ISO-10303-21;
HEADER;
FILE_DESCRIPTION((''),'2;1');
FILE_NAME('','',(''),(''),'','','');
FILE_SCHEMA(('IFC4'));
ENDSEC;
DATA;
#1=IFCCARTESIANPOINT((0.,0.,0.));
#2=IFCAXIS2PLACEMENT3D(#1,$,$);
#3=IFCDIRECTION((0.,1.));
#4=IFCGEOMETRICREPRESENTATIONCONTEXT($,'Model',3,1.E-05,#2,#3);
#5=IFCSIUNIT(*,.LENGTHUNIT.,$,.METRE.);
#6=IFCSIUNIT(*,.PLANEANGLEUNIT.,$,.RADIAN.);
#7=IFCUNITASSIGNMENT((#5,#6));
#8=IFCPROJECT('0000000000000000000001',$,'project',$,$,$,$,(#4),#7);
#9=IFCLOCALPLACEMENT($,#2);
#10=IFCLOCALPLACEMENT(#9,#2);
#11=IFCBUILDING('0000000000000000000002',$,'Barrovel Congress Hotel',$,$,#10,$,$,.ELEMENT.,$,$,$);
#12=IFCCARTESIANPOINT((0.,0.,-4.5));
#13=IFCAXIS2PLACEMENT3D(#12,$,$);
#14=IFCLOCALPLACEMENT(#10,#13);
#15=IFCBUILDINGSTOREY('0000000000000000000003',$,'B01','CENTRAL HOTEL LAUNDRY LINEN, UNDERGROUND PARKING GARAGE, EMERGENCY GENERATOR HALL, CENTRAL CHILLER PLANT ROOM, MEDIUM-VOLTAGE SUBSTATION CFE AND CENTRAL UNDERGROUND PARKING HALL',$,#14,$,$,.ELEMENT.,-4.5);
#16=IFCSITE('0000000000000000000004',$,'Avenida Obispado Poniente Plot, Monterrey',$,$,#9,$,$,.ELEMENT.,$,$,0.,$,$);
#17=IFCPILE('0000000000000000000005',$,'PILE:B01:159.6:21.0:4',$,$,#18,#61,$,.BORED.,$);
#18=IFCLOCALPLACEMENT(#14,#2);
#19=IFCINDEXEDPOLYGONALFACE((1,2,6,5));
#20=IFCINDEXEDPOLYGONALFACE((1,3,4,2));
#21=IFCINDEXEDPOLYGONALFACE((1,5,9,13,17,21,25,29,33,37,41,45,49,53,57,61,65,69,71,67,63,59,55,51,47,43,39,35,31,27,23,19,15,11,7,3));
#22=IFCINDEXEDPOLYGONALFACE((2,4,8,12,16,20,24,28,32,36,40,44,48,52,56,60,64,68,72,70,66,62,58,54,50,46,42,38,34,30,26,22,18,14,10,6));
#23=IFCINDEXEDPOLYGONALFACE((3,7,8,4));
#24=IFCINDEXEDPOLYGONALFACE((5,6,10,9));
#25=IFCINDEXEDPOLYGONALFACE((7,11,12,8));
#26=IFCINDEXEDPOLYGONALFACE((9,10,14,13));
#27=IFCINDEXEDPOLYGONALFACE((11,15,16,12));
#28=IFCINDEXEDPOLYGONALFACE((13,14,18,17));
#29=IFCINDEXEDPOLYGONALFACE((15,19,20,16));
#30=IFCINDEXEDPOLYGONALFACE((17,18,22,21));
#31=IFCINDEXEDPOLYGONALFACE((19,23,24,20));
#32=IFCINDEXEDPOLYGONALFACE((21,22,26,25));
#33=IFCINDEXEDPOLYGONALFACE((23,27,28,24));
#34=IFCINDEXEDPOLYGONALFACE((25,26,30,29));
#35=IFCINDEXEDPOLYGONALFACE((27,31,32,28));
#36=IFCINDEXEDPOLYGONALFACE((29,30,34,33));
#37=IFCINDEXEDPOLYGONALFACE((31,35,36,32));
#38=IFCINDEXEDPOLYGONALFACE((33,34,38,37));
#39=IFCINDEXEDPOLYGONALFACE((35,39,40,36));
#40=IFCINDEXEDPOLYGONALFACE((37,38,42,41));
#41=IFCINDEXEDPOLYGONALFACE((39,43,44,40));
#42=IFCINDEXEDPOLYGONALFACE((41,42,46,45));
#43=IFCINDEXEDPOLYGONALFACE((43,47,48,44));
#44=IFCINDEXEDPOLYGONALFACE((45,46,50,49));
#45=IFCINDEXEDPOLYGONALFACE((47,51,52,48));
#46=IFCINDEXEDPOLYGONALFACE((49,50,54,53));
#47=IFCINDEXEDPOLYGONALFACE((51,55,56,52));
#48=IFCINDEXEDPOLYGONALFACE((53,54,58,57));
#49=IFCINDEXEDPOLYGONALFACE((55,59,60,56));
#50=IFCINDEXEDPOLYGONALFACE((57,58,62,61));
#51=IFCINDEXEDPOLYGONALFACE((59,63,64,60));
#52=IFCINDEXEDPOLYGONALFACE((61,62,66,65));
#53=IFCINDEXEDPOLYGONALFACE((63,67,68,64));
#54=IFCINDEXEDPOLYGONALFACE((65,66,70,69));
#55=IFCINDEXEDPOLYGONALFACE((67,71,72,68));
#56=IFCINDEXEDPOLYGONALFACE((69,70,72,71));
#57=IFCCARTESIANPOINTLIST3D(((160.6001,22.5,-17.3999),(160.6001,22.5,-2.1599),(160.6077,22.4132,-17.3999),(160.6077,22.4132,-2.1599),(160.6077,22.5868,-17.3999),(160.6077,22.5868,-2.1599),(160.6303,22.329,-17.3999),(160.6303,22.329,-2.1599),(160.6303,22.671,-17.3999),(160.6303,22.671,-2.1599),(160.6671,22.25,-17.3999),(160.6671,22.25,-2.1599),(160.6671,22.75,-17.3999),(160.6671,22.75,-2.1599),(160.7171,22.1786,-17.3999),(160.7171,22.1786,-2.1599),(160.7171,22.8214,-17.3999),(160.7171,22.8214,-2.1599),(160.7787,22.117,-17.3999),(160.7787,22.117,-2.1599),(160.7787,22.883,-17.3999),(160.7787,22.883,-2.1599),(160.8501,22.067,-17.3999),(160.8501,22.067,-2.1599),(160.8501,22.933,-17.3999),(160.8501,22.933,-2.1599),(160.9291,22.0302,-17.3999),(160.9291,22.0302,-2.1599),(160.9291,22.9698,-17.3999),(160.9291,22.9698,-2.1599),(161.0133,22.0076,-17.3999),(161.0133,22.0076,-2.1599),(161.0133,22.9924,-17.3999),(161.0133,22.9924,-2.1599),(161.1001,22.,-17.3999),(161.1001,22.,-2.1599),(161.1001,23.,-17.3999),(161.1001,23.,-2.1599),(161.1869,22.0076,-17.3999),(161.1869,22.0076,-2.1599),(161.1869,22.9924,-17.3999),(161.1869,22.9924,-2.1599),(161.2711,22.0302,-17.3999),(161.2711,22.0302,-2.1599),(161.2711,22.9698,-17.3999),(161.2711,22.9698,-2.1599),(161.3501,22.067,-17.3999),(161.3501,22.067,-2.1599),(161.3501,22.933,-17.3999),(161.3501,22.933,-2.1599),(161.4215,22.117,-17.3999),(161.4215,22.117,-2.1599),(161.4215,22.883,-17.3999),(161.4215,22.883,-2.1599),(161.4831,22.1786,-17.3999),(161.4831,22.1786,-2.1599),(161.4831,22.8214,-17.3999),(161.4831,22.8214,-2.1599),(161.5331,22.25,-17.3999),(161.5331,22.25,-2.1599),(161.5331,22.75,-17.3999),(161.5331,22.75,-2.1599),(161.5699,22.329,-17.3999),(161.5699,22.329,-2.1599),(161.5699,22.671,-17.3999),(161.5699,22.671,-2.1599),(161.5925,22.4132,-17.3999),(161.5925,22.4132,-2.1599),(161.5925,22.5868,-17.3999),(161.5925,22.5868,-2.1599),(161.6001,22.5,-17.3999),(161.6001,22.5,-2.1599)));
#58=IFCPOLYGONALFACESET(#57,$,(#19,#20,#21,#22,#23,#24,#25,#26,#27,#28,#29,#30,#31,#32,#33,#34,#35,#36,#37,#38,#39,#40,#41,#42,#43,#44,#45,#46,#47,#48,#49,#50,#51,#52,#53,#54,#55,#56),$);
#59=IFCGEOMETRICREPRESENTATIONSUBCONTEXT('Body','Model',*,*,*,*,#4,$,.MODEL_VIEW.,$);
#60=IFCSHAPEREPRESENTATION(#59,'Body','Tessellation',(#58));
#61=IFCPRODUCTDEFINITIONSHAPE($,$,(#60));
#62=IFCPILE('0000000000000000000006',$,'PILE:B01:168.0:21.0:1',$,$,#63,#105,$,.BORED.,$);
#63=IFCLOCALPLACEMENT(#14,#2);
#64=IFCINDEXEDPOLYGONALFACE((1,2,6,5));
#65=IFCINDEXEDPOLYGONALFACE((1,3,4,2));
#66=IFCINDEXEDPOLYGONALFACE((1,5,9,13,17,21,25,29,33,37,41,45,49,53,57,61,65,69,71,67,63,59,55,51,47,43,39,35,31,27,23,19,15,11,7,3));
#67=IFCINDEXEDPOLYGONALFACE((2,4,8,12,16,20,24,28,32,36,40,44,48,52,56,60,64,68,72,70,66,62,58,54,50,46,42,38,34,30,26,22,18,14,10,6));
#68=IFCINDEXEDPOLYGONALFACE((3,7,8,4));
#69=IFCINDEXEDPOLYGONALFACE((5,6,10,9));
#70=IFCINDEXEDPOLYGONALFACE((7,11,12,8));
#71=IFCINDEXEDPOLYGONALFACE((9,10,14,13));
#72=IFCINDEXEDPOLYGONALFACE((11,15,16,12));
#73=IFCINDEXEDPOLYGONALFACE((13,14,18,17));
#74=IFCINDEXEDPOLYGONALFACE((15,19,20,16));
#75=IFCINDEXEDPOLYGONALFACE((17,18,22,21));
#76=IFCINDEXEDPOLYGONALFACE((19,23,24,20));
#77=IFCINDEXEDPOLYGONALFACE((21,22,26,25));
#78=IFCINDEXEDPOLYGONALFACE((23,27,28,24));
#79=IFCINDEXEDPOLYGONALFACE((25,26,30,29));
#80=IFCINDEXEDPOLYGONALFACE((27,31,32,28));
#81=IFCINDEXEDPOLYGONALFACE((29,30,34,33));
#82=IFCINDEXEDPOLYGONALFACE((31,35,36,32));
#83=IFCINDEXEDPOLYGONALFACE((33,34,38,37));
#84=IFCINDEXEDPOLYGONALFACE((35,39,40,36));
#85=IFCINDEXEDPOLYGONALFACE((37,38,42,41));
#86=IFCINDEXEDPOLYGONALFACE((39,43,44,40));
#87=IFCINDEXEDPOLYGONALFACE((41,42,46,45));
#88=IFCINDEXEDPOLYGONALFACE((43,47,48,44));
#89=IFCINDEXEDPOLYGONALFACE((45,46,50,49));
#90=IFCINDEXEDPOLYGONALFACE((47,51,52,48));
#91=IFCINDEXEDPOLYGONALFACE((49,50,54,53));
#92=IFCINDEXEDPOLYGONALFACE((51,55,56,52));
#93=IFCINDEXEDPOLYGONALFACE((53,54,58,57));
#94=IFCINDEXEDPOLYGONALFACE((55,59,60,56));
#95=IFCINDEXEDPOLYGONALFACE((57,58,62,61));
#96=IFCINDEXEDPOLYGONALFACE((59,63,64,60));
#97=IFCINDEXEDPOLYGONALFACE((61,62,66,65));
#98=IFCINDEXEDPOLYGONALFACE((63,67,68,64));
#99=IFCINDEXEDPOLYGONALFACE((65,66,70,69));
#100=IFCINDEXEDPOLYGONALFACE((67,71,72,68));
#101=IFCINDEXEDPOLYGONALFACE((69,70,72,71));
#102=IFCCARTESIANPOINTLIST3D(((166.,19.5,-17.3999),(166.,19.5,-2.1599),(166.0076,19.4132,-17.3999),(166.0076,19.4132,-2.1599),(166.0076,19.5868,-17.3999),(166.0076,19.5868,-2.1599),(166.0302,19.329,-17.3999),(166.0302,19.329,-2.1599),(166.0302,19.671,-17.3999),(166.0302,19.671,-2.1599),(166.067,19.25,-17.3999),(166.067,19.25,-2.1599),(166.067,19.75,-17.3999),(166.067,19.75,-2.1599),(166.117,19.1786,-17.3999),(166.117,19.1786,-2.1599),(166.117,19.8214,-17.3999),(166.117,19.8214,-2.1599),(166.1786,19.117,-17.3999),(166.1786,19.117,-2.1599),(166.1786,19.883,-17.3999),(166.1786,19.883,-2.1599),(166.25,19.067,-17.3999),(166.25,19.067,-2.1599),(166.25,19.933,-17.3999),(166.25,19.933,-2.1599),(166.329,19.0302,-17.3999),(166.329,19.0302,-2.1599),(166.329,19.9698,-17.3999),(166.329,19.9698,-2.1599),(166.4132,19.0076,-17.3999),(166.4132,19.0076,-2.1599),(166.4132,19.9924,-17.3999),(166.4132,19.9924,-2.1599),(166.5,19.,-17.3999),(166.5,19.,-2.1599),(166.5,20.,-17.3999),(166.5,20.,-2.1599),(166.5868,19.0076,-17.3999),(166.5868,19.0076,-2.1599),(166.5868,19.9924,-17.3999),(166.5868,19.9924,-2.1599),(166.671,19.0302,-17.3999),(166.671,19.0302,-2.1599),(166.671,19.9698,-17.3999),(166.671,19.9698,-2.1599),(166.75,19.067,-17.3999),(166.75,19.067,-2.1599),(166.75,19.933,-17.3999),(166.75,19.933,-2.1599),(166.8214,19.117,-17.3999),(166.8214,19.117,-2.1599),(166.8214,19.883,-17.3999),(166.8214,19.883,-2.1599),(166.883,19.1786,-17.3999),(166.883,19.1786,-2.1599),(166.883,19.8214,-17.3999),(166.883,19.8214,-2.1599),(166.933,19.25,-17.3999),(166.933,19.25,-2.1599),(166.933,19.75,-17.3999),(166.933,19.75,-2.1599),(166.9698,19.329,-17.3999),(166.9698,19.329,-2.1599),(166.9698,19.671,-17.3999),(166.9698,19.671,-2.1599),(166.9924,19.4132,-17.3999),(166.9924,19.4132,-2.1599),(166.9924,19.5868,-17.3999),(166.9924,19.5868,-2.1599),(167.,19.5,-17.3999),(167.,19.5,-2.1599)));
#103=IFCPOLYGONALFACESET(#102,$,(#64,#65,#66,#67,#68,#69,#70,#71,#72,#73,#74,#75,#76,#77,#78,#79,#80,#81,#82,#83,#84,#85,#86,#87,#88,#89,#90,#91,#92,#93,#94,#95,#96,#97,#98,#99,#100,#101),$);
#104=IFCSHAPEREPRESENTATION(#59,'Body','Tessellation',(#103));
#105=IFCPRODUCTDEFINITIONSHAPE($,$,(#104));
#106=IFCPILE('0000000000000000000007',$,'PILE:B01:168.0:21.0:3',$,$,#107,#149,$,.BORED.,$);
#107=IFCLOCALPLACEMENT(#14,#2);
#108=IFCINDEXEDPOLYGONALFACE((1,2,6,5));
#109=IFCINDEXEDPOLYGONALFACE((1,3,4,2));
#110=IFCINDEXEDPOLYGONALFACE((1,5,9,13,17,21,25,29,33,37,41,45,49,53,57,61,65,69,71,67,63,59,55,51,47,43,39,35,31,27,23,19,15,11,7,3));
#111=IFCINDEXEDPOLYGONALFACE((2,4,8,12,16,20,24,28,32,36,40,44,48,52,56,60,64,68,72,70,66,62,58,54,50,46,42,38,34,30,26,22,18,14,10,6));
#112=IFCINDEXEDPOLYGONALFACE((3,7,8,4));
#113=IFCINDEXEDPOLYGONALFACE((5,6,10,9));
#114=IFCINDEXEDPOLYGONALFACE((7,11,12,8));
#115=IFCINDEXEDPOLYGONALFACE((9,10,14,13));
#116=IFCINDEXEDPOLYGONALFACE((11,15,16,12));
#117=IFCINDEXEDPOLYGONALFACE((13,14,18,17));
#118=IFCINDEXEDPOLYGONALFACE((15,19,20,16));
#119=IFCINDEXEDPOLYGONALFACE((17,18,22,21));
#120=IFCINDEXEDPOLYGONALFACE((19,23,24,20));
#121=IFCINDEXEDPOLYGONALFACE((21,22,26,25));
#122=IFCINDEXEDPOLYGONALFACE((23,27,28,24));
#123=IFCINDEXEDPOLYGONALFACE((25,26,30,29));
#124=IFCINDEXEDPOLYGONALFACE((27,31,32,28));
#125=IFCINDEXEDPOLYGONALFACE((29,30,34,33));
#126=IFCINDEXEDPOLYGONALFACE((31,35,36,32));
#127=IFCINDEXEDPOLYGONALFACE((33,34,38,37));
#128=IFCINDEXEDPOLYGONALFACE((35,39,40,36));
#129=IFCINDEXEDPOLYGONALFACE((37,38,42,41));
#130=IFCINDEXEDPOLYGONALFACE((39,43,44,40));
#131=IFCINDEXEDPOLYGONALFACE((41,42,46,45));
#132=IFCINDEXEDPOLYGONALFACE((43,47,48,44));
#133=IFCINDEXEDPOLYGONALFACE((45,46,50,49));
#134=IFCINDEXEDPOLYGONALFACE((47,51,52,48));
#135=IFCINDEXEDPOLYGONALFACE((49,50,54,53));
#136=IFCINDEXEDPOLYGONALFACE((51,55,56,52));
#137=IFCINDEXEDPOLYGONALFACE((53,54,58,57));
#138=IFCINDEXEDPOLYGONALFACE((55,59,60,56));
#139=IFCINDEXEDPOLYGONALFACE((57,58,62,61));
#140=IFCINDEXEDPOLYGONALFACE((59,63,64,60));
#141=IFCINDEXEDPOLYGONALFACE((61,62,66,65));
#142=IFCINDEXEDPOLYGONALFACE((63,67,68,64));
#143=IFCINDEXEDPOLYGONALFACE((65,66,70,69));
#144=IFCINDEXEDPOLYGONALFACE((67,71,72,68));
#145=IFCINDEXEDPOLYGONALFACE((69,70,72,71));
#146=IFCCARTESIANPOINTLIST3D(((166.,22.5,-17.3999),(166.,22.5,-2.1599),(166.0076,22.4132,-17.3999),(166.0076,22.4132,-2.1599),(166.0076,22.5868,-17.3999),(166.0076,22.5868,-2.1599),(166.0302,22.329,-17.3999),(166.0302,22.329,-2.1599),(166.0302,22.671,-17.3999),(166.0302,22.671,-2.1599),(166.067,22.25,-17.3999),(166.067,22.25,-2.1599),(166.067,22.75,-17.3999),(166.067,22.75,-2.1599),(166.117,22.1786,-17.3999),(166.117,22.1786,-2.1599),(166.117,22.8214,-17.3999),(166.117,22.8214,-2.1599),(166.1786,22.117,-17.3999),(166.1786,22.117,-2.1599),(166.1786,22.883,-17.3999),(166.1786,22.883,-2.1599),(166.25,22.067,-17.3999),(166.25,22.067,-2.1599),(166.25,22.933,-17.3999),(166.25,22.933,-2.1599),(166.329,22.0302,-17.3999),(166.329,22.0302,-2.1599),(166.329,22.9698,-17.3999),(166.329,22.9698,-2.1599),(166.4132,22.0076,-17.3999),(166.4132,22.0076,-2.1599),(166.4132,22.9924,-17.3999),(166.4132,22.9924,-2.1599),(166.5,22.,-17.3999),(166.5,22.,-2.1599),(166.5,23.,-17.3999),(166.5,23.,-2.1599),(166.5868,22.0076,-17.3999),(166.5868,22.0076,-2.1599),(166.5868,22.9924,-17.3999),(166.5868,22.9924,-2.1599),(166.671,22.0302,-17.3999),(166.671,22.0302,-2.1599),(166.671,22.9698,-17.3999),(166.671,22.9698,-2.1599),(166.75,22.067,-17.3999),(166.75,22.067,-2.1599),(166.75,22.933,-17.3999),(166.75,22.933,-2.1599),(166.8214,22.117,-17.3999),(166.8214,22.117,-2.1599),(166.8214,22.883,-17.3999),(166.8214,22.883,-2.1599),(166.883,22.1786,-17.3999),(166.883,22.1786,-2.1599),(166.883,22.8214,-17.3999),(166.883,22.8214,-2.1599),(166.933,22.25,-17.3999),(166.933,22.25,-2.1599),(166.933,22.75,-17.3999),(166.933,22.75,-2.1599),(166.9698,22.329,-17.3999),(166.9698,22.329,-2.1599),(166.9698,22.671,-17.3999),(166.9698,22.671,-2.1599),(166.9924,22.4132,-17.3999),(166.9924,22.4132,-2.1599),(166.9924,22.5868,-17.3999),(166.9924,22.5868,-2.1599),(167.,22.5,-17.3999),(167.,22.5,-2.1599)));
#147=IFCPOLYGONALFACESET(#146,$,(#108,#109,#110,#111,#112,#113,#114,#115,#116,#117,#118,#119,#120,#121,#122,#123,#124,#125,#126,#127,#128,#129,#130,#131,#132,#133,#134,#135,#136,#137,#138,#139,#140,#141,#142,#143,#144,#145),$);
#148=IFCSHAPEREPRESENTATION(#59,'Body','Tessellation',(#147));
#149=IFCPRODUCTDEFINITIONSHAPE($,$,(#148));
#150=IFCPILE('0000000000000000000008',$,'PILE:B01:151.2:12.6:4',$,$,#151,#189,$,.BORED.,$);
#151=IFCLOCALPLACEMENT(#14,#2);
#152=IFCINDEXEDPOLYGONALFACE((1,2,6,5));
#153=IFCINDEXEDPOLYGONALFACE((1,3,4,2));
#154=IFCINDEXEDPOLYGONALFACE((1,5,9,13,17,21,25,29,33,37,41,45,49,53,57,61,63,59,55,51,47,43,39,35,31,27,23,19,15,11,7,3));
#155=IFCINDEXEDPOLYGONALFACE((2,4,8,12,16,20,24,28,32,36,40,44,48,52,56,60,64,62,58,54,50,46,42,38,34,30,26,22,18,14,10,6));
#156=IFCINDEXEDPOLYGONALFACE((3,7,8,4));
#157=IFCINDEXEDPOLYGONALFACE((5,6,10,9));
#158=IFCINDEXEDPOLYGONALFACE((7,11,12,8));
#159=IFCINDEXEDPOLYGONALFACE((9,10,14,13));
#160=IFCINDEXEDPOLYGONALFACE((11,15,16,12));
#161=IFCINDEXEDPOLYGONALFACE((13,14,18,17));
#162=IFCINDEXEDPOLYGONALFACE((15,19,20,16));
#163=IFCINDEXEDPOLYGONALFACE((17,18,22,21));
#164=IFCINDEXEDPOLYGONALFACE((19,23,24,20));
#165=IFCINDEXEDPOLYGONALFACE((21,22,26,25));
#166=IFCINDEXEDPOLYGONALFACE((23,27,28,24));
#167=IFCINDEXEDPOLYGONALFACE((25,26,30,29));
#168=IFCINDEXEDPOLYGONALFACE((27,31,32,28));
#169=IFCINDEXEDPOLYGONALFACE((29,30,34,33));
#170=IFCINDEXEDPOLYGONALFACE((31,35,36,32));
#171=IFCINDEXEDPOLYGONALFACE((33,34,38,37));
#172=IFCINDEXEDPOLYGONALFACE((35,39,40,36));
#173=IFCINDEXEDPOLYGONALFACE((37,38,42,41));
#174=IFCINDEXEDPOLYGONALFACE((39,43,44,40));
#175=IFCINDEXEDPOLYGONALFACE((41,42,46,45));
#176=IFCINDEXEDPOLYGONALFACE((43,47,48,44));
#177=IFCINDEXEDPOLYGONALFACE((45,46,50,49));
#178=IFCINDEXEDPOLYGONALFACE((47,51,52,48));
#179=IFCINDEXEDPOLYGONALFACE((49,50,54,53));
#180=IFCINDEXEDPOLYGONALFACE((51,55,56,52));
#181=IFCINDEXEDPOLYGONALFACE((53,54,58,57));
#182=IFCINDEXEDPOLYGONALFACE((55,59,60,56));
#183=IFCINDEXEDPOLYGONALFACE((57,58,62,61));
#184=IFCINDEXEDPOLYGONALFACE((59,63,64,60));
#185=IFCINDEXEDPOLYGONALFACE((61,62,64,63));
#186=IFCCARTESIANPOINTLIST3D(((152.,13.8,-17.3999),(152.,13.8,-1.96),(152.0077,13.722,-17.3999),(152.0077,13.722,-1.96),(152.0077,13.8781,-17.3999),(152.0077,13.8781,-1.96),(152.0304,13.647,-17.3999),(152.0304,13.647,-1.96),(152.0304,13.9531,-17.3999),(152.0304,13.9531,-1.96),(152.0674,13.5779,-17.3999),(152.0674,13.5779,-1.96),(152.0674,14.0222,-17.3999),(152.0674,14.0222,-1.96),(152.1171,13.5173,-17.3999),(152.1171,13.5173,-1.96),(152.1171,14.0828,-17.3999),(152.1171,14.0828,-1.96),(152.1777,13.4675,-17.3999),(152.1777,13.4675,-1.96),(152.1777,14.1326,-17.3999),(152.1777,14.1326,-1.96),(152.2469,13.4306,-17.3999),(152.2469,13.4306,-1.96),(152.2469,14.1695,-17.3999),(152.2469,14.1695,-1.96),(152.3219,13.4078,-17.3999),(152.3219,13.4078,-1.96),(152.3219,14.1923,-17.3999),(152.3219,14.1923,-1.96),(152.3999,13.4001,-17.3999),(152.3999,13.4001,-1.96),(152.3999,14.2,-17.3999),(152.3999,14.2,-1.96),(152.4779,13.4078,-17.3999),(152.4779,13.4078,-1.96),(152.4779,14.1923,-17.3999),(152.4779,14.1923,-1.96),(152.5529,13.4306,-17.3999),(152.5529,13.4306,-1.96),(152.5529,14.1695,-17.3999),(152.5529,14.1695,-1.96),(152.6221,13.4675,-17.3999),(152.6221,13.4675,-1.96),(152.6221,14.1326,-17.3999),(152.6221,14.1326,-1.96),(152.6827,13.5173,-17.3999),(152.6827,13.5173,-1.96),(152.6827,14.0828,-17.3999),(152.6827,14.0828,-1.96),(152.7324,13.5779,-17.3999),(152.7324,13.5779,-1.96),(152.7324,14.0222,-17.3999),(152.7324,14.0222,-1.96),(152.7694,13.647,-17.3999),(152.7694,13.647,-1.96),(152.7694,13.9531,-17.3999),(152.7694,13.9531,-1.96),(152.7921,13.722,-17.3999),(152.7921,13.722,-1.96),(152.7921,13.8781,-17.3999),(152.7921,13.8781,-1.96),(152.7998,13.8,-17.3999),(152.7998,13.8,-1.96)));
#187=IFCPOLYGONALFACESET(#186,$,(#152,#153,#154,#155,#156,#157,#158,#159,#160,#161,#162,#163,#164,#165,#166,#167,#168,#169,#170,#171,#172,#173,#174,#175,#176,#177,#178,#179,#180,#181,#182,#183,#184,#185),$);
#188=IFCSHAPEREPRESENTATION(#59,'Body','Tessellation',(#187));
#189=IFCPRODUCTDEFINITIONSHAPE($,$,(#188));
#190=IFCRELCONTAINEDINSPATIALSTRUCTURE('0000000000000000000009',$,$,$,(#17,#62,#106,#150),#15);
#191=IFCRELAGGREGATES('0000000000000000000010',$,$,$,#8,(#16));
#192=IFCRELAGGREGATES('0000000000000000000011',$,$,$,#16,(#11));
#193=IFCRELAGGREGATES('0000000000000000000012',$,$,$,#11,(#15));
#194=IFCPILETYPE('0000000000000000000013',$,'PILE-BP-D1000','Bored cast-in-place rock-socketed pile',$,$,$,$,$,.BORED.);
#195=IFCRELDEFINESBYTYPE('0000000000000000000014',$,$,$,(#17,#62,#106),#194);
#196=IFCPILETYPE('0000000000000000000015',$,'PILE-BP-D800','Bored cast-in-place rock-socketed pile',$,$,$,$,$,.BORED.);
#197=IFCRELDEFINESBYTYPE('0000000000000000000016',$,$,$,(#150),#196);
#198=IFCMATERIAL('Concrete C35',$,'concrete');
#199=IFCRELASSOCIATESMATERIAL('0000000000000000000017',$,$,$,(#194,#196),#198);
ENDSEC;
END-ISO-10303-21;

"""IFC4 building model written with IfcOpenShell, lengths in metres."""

from ifc_helpers import new_model, si_unit, direction, frame, origin, origin_2d, place, context, subcontext, project, spatial, circle, extrude, material, material_profile, profile_set, type_object, element, save


model = new_model("IFC4")

# Units and contexts
model_context = context("Model", 3, precision=1e-05, world=origin(), true_north=direction((0.0, 1.0)))
body_context = subcontext(model_context, "Body", "Model", "MODEL_VIEW")
ifc_project = project(units=[si_unit("LENGTHUNIT", "METRE"), si_unit("PLANEANGLEUNIT", "RADIAN")], contexts=[model_context])

# Site, building, storey
site_placement = place(None, origin())
site = spatial("IfcSite", under=ifc_project, at=site_placement, Name="Avenida Obispado Poniente Plot, Monterrey", CompositionType="ELEMENT", RefElevation=0.0)
building_placement = place(site_placement, origin())
building = spatial("IfcBuilding", under=site, at=building_placement, Name="Barrovel Congress Hotel", CompositionType="ELEMENT")
storey_placement = place(building_placement, frame((0.0, 0.0, -4.5)))
storey = spatial("IfcBuildingStorey", under=building, at=storey_placement, Name="B01", Description="CENTRAL HOTEL LAUNDRY LINEN, UNDERGROUND PARKING GARAGE, EMERGENCY GENERATOR HALL, CENTRAL CHILLER PLANT ROOM, MEDIUM-VOLTAGE SUBSTATION CFE AND CENTRAL UNDERGROUND PARKING HALL", CompositionType="ELEMENT", Elevation=-4.5)

# Piles
ifc_material_1 = material(Name="Concrete C35", Category="concrete")
ifc_material_profile_1 = material_profile(ifc_material_1, circle(Radius=0.5, at=origin_2d()), Name="BP-D1000")
ifc_profile_set_1 = profile_set([ifc_material_profile_1], Name="Concrete C35")
pile_type_1 = type_object("IfcPileType", Name="PILE-BP-D1000", Description="Bored cast-in-place rock-socketed pile", PredefinedType="BORED", material=ifc_profile_set_1)
for number, where, z_axis, x_axis, name in (
    (1, (161.1001, 22.5, -2.1599), (0.0, 0.0, -1.0), (1.0, 0.0, 0.0), "PILE:B01:159.6:21.0:4"),
    (2, (166.5, 19.5, -2.1599), (0.0, 0.0, -1.0), (1.0, 0.0, 0.0), "PILE:B01:168.0:21.0:1"),
    (3, (166.5, 22.5, -2.1599), (0.0, 0.0, -1.0), (1.0, 0.0, 0.0), "PILE:B01:168.0:21.0:3"),
):
    element("IfcPile", number, at=place(storey_placement, frame(where, z_axis=z_axis, x_axis=x_axis)), inside=storey, type_object=pile_type_1, Name=name, PredefinedType="BORED", context=body_context, shape_type="SweptSolid", body=[
        extrude(circle(Radius=0.5, at=origin_2d()), origin(), (0.0, 0.0, 1.0), 15.24),
    ])
ifc_material_profile_2 = material_profile(ifc_material_1, circle(Radius=0.3999, at=origin_2d()), Name="BP-D800")
ifc_profile_set_2 = profile_set([ifc_material_profile_2], Name="Concrete C35")
pile_type_2 = type_object("IfcPileType", Name="PILE-BP-D800", Description="Bored cast-in-place rock-socketed pile", PredefinedType="BORED", material=ifc_profile_set_2)
pile_placement = place(storey_placement, frame((152.3999, 13.8, -1.96), z_axis=(0.0, 0.0, -1.0), x_axis=(1.0, 0.0, 0.0)))
element("IfcPile", 4, at=pile_placement, inside=storey, type_object=pile_type_2, Name="PILE:B01:151.2:12.6:4", PredefinedType="BORED", context=body_context, shape_type="SweptSolid", body=[
    extrude(circle(Radius=0.3999, at=origin_2d()), origin(), (0.0, 0.0, 1.0), 15.4399),
])

save(model, "model.ifc")
